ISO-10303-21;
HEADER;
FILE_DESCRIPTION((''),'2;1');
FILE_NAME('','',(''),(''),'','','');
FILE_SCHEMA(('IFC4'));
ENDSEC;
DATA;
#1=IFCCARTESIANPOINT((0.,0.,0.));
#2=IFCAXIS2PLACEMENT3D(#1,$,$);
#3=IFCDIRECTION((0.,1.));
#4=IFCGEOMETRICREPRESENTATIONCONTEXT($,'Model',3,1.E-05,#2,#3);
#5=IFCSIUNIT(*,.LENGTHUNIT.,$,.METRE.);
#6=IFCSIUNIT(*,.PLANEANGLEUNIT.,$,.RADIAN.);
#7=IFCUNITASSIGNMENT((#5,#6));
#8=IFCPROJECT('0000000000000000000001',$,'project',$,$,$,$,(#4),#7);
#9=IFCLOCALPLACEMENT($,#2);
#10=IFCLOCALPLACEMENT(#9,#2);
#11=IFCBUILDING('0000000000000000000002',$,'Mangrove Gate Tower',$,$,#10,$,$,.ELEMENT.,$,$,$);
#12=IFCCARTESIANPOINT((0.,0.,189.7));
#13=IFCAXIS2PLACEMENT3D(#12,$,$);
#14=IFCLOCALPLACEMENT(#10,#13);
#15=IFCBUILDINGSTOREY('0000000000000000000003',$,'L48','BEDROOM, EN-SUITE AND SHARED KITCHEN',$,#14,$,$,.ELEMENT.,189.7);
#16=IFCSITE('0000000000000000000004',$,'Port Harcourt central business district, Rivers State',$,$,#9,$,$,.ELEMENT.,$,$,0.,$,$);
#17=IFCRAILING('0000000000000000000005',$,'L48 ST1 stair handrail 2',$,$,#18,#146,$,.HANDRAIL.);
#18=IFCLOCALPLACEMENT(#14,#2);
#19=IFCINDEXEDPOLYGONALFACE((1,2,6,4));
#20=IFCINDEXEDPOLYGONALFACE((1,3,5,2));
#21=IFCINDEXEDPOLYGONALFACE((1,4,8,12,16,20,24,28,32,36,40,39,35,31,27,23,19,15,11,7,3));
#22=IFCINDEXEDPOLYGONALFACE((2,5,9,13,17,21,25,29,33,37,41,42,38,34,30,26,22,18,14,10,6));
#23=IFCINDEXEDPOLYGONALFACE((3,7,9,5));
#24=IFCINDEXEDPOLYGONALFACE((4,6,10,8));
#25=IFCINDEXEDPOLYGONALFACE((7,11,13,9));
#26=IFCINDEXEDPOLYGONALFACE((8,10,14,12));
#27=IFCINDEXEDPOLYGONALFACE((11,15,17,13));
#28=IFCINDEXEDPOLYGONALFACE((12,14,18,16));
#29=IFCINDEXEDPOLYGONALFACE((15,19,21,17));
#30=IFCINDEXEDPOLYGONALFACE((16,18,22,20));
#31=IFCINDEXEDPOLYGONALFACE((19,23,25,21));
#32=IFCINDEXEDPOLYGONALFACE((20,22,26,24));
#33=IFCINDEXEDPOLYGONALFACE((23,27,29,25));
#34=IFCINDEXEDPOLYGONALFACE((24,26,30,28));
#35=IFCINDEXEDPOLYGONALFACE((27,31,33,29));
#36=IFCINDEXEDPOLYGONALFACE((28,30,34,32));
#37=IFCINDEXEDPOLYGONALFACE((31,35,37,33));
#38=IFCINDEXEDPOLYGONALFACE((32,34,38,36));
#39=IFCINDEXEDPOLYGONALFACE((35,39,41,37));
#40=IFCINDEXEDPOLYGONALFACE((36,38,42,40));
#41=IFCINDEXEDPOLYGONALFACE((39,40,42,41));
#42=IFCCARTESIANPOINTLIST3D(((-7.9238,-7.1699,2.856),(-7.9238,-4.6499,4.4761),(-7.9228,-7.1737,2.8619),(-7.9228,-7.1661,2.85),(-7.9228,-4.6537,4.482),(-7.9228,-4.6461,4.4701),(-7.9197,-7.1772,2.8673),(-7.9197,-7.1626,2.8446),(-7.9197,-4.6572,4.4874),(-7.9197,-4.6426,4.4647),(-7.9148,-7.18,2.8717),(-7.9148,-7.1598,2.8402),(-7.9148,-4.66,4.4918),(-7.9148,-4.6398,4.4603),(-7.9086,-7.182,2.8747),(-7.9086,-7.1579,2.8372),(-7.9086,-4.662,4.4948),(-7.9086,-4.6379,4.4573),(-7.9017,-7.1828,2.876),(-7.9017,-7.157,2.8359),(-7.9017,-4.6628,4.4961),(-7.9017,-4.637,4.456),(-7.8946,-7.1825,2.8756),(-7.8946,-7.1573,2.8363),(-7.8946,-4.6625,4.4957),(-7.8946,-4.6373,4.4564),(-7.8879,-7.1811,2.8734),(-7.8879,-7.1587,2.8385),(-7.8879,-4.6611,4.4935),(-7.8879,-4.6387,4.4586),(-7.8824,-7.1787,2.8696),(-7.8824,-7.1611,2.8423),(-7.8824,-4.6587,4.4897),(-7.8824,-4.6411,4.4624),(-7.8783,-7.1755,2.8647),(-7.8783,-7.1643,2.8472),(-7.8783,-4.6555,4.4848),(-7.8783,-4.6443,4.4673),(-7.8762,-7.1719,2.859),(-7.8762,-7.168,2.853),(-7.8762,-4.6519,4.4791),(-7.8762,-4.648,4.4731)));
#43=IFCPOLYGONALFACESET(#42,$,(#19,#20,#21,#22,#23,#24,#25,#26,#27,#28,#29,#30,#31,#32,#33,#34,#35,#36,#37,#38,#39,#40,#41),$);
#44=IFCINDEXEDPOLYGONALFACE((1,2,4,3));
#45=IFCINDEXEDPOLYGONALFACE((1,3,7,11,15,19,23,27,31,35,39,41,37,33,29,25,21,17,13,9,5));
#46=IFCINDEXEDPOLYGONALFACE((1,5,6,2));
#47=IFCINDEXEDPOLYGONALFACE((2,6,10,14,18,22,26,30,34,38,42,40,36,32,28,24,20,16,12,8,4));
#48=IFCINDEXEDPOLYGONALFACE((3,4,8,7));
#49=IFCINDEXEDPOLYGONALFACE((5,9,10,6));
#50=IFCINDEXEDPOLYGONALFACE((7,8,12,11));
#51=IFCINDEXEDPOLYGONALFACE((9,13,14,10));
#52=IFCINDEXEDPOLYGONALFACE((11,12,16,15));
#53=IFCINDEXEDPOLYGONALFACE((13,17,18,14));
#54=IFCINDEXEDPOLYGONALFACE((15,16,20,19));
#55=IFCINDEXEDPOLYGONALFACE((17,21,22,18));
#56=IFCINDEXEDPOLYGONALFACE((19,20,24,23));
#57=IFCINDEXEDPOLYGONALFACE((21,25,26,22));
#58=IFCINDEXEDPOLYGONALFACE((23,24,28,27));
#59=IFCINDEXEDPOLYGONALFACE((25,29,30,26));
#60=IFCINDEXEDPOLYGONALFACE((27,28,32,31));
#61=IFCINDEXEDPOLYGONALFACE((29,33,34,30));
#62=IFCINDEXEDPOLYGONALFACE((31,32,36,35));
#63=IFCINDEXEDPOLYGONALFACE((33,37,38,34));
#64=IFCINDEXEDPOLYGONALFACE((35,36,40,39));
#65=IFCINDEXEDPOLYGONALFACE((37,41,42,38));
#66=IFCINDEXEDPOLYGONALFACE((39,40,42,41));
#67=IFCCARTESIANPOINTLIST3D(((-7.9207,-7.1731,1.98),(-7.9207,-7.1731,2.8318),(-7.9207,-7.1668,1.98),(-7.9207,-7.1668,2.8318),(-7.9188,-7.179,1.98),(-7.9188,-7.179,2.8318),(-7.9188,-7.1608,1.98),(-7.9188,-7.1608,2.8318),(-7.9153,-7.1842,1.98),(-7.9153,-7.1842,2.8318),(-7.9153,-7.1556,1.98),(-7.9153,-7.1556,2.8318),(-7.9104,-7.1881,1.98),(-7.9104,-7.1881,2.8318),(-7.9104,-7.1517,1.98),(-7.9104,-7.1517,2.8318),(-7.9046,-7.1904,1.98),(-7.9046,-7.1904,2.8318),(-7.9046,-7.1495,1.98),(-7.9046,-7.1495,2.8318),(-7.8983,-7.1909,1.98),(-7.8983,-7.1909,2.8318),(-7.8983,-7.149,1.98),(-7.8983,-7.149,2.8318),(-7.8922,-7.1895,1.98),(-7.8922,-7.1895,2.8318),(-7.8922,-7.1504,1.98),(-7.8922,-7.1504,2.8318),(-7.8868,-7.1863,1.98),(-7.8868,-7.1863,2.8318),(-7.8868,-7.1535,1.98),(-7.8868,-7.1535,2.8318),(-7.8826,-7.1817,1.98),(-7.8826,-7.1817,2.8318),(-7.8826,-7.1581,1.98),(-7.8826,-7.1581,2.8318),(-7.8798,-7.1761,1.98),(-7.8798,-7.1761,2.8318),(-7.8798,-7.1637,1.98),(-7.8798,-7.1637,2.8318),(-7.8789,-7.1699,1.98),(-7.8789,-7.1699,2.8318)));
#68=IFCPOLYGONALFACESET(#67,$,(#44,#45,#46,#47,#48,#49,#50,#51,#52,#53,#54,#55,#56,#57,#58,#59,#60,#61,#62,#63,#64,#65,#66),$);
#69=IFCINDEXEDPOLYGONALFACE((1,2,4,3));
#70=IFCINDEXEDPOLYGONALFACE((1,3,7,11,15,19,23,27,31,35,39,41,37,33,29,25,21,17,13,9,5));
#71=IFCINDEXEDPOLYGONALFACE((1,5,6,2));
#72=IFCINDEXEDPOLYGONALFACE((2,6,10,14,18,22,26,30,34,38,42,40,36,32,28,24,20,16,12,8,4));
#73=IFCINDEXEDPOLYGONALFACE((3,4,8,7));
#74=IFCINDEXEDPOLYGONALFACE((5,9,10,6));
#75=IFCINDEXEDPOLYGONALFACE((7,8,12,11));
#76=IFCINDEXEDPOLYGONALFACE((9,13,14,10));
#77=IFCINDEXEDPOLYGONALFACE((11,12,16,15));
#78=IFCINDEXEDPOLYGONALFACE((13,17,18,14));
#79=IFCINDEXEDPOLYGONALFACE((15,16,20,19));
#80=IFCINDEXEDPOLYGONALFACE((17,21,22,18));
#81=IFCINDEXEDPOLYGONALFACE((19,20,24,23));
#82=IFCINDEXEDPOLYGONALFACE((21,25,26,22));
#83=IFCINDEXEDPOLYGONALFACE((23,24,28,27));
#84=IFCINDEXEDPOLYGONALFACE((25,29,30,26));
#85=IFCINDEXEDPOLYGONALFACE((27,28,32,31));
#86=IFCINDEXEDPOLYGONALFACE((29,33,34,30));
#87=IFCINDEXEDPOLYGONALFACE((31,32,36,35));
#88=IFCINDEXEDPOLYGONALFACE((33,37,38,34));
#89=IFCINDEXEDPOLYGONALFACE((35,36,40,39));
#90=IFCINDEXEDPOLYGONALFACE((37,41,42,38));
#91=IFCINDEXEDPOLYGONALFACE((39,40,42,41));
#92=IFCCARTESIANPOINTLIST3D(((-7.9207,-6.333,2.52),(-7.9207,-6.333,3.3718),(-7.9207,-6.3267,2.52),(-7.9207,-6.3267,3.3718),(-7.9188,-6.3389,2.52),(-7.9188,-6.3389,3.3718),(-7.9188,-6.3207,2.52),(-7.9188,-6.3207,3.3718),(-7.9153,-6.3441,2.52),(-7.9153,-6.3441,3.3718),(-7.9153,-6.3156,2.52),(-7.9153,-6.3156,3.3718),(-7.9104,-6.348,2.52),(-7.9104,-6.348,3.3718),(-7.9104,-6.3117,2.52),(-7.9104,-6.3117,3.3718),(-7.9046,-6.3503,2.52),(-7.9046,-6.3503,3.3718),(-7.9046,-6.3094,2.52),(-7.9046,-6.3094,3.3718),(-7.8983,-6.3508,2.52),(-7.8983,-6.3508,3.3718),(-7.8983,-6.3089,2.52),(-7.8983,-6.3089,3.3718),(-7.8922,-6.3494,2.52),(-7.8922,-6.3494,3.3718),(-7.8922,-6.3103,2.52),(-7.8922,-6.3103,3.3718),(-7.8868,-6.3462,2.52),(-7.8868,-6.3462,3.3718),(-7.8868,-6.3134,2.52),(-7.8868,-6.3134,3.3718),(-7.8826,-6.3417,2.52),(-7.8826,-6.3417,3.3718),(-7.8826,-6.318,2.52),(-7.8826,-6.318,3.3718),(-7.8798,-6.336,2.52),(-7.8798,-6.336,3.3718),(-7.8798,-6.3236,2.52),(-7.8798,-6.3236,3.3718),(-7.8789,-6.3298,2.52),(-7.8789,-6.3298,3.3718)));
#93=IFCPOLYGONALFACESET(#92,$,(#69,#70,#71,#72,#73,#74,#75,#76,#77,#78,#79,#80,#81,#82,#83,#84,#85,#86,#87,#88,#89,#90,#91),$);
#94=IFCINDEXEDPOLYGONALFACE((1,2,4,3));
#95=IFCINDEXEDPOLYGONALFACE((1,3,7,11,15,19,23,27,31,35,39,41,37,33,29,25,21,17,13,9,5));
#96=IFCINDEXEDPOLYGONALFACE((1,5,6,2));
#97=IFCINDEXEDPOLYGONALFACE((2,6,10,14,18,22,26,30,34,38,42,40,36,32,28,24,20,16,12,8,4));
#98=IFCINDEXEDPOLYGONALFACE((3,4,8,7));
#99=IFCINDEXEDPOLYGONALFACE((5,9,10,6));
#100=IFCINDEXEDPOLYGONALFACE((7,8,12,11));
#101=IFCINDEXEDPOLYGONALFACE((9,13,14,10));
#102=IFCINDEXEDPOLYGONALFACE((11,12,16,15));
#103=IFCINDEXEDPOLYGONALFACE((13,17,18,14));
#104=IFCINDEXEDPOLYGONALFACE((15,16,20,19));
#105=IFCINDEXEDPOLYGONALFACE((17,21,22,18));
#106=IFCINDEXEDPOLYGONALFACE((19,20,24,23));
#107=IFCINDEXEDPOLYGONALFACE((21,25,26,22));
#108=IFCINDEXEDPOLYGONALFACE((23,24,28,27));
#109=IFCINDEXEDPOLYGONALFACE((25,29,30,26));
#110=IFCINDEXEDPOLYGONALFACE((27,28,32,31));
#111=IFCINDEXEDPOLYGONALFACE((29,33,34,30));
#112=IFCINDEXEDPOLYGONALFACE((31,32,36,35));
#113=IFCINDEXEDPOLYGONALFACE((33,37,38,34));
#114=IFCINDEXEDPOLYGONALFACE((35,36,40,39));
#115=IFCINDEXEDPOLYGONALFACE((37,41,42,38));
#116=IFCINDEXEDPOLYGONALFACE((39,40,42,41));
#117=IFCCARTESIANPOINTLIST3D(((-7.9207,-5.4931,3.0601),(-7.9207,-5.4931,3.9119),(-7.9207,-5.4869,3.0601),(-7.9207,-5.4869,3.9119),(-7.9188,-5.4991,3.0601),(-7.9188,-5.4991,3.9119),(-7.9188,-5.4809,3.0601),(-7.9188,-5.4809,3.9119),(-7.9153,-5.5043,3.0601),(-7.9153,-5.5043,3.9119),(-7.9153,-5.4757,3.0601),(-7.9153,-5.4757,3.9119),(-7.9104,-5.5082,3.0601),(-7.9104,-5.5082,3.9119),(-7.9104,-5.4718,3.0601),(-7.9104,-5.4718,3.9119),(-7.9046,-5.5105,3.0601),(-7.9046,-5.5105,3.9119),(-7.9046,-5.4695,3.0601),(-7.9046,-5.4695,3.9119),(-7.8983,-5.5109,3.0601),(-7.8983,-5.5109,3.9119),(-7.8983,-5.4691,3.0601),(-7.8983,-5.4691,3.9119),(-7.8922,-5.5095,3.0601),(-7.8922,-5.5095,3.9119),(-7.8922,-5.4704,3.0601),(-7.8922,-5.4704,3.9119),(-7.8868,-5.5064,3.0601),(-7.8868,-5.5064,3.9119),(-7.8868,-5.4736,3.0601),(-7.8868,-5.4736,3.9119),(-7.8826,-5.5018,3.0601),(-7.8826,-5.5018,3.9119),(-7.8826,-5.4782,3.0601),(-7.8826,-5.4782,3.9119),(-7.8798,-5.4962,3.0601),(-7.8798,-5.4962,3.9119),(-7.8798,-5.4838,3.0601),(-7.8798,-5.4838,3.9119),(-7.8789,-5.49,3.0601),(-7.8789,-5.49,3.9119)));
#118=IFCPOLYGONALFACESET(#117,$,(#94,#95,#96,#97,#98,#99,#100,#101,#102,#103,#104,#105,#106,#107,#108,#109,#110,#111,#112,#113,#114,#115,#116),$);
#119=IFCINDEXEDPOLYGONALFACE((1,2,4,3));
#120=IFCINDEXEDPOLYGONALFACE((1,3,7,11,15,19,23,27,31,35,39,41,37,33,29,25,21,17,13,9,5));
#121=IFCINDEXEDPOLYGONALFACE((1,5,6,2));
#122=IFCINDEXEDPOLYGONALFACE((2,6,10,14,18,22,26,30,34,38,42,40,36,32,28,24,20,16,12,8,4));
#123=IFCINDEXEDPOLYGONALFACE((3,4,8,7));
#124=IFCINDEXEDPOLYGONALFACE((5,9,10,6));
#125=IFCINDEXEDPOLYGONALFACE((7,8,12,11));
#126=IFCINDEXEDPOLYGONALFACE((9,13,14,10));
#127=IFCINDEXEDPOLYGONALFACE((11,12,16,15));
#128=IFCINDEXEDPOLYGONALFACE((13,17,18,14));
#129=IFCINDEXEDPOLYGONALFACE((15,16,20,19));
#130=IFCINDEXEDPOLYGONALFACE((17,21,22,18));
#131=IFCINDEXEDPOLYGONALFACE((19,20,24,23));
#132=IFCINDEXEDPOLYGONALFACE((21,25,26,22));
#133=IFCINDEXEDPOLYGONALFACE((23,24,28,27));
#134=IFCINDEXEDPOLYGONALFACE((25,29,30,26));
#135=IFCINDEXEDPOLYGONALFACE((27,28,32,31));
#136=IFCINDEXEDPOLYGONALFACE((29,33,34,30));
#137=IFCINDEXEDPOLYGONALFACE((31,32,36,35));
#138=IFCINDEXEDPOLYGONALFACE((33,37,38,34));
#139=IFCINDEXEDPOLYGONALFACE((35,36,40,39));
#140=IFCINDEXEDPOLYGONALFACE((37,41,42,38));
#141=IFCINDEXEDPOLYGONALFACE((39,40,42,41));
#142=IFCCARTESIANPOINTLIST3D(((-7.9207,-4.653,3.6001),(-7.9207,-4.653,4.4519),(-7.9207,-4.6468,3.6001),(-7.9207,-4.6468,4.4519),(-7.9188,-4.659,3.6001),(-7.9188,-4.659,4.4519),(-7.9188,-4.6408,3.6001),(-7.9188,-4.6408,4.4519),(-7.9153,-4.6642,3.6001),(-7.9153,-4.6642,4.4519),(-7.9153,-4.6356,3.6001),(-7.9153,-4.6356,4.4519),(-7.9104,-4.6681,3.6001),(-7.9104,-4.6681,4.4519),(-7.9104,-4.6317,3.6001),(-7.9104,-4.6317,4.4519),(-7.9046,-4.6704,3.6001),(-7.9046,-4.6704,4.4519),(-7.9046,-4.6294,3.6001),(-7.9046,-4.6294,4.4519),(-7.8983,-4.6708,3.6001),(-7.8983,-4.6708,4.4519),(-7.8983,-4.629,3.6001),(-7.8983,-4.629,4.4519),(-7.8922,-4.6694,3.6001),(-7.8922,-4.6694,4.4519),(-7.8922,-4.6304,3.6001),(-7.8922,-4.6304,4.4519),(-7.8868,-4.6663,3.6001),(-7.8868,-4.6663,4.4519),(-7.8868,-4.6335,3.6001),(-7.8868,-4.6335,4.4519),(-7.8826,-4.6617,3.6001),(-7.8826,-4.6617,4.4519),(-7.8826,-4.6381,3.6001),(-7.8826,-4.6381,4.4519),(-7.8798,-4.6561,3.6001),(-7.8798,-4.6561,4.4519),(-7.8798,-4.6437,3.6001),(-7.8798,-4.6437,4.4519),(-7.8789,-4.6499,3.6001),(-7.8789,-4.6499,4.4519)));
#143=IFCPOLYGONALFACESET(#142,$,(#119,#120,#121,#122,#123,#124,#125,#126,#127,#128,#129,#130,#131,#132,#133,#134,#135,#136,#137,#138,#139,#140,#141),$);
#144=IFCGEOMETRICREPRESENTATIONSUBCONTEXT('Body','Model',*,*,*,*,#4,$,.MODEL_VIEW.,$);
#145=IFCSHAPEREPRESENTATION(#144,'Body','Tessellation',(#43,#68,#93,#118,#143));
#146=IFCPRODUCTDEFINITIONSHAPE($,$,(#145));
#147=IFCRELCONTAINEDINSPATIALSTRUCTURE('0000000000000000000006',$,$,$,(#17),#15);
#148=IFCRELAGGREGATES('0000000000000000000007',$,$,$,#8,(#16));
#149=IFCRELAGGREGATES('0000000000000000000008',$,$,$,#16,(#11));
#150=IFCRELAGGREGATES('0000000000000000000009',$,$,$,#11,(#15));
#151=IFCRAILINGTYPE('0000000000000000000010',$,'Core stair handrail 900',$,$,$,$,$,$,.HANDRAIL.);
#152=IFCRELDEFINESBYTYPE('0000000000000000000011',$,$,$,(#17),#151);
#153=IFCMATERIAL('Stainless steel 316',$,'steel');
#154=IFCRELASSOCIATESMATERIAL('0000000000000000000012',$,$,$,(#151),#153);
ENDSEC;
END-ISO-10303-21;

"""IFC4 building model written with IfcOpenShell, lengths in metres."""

from ifc_helpers import new_model, si_unit, direction, frame, origin, origin_2d, place, context, subcontext, project, spatial, circle, extrude, material, type_object, element, save


model = new_model("IFC4")

# Units and contexts
model_context = context("Model", 3, precision=1e-05, world=origin(), true_north=direction((0.0, 1.0)))
body_context = subcontext(model_context, "Body", "Model", "MODEL_VIEW")
ifc_project = project(units=[si_unit("LENGTHUNIT", "METRE"), si_unit("PLANEANGLEUNIT", "RADIAN")], contexts=[model_context])

# Site, building, storey
site_placement = place(None, origin())
site = spatial("IfcSite", under=ifc_project, at=site_placement, Name="Port Harcourt central business district, Rivers State", CompositionType="ELEMENT", RefElevation=0.0)
building_placement = place(site_placement, origin())
building = spatial("IfcBuilding", under=site, at=building_placement, Name="Mangrove Gate Tower", CompositionType="ELEMENT")
storey_placement = place(building_placement, frame((0.0, 0.0, 189.7)))
storey = spatial("IfcBuildingStorey", under=building, at=storey_placement, Name="L48", Description="BEDROOM, EN-SUITE AND SHARED KITCHEN", CompositionType="ELEMENT", Elevation=189.7)

# Railing
ifc_material_1 = material(Name="Stainless steel 316", Category="steel")
railing_type_1 = type_object("IfcRailingType", Name="Core stair handrail 900", PredefinedType="HANDRAIL", material=ifc_material_1)
railing_1_placement = place(storey_placement, frame((-7.8999, -7.1699, 1.98)))
element("IfcRailing", 1, at=railing_1_placement, inside=storey, type_object=railing_type_1, Name="L48 ST1 stair handrail 2", PredefinedType="HANDRAIL", context=body_context, shape_type="SweptSolid", body=[
    extrude(circle(Radius=0.0239, at=origin_2d()), frame((0.0, 0.0, 0.876), z_axis=(0.0, 0.841163, 0.540782), x_axis=(-1.0, 0.0, 0.0)), (0.0, 0.0, 1.0), 2.9958),
    extrude(circle(Radius=0.021, at=origin_2d()), origin(), (0.0, 0.0, 1.0), 0.8518),
    extrude(circle(Radius=0.021, at=origin_2d()), frame((0.0, 0.8401, 0.54)), (0.0, 0.0, 1.0), 0.8518),
    extrude(circle(Radius=0.021, at=origin_2d()), frame((0.0, 1.6799, 1.0801)), (0.0, 0.0, 1.0), 0.8518),
    extrude(circle(Radius=0.021, at=origin_2d()), frame((0.0, 2.52, 1.6201)), (0.0, 0.0, 1.0), 0.8518),
])

save(model, "model.ifc")
